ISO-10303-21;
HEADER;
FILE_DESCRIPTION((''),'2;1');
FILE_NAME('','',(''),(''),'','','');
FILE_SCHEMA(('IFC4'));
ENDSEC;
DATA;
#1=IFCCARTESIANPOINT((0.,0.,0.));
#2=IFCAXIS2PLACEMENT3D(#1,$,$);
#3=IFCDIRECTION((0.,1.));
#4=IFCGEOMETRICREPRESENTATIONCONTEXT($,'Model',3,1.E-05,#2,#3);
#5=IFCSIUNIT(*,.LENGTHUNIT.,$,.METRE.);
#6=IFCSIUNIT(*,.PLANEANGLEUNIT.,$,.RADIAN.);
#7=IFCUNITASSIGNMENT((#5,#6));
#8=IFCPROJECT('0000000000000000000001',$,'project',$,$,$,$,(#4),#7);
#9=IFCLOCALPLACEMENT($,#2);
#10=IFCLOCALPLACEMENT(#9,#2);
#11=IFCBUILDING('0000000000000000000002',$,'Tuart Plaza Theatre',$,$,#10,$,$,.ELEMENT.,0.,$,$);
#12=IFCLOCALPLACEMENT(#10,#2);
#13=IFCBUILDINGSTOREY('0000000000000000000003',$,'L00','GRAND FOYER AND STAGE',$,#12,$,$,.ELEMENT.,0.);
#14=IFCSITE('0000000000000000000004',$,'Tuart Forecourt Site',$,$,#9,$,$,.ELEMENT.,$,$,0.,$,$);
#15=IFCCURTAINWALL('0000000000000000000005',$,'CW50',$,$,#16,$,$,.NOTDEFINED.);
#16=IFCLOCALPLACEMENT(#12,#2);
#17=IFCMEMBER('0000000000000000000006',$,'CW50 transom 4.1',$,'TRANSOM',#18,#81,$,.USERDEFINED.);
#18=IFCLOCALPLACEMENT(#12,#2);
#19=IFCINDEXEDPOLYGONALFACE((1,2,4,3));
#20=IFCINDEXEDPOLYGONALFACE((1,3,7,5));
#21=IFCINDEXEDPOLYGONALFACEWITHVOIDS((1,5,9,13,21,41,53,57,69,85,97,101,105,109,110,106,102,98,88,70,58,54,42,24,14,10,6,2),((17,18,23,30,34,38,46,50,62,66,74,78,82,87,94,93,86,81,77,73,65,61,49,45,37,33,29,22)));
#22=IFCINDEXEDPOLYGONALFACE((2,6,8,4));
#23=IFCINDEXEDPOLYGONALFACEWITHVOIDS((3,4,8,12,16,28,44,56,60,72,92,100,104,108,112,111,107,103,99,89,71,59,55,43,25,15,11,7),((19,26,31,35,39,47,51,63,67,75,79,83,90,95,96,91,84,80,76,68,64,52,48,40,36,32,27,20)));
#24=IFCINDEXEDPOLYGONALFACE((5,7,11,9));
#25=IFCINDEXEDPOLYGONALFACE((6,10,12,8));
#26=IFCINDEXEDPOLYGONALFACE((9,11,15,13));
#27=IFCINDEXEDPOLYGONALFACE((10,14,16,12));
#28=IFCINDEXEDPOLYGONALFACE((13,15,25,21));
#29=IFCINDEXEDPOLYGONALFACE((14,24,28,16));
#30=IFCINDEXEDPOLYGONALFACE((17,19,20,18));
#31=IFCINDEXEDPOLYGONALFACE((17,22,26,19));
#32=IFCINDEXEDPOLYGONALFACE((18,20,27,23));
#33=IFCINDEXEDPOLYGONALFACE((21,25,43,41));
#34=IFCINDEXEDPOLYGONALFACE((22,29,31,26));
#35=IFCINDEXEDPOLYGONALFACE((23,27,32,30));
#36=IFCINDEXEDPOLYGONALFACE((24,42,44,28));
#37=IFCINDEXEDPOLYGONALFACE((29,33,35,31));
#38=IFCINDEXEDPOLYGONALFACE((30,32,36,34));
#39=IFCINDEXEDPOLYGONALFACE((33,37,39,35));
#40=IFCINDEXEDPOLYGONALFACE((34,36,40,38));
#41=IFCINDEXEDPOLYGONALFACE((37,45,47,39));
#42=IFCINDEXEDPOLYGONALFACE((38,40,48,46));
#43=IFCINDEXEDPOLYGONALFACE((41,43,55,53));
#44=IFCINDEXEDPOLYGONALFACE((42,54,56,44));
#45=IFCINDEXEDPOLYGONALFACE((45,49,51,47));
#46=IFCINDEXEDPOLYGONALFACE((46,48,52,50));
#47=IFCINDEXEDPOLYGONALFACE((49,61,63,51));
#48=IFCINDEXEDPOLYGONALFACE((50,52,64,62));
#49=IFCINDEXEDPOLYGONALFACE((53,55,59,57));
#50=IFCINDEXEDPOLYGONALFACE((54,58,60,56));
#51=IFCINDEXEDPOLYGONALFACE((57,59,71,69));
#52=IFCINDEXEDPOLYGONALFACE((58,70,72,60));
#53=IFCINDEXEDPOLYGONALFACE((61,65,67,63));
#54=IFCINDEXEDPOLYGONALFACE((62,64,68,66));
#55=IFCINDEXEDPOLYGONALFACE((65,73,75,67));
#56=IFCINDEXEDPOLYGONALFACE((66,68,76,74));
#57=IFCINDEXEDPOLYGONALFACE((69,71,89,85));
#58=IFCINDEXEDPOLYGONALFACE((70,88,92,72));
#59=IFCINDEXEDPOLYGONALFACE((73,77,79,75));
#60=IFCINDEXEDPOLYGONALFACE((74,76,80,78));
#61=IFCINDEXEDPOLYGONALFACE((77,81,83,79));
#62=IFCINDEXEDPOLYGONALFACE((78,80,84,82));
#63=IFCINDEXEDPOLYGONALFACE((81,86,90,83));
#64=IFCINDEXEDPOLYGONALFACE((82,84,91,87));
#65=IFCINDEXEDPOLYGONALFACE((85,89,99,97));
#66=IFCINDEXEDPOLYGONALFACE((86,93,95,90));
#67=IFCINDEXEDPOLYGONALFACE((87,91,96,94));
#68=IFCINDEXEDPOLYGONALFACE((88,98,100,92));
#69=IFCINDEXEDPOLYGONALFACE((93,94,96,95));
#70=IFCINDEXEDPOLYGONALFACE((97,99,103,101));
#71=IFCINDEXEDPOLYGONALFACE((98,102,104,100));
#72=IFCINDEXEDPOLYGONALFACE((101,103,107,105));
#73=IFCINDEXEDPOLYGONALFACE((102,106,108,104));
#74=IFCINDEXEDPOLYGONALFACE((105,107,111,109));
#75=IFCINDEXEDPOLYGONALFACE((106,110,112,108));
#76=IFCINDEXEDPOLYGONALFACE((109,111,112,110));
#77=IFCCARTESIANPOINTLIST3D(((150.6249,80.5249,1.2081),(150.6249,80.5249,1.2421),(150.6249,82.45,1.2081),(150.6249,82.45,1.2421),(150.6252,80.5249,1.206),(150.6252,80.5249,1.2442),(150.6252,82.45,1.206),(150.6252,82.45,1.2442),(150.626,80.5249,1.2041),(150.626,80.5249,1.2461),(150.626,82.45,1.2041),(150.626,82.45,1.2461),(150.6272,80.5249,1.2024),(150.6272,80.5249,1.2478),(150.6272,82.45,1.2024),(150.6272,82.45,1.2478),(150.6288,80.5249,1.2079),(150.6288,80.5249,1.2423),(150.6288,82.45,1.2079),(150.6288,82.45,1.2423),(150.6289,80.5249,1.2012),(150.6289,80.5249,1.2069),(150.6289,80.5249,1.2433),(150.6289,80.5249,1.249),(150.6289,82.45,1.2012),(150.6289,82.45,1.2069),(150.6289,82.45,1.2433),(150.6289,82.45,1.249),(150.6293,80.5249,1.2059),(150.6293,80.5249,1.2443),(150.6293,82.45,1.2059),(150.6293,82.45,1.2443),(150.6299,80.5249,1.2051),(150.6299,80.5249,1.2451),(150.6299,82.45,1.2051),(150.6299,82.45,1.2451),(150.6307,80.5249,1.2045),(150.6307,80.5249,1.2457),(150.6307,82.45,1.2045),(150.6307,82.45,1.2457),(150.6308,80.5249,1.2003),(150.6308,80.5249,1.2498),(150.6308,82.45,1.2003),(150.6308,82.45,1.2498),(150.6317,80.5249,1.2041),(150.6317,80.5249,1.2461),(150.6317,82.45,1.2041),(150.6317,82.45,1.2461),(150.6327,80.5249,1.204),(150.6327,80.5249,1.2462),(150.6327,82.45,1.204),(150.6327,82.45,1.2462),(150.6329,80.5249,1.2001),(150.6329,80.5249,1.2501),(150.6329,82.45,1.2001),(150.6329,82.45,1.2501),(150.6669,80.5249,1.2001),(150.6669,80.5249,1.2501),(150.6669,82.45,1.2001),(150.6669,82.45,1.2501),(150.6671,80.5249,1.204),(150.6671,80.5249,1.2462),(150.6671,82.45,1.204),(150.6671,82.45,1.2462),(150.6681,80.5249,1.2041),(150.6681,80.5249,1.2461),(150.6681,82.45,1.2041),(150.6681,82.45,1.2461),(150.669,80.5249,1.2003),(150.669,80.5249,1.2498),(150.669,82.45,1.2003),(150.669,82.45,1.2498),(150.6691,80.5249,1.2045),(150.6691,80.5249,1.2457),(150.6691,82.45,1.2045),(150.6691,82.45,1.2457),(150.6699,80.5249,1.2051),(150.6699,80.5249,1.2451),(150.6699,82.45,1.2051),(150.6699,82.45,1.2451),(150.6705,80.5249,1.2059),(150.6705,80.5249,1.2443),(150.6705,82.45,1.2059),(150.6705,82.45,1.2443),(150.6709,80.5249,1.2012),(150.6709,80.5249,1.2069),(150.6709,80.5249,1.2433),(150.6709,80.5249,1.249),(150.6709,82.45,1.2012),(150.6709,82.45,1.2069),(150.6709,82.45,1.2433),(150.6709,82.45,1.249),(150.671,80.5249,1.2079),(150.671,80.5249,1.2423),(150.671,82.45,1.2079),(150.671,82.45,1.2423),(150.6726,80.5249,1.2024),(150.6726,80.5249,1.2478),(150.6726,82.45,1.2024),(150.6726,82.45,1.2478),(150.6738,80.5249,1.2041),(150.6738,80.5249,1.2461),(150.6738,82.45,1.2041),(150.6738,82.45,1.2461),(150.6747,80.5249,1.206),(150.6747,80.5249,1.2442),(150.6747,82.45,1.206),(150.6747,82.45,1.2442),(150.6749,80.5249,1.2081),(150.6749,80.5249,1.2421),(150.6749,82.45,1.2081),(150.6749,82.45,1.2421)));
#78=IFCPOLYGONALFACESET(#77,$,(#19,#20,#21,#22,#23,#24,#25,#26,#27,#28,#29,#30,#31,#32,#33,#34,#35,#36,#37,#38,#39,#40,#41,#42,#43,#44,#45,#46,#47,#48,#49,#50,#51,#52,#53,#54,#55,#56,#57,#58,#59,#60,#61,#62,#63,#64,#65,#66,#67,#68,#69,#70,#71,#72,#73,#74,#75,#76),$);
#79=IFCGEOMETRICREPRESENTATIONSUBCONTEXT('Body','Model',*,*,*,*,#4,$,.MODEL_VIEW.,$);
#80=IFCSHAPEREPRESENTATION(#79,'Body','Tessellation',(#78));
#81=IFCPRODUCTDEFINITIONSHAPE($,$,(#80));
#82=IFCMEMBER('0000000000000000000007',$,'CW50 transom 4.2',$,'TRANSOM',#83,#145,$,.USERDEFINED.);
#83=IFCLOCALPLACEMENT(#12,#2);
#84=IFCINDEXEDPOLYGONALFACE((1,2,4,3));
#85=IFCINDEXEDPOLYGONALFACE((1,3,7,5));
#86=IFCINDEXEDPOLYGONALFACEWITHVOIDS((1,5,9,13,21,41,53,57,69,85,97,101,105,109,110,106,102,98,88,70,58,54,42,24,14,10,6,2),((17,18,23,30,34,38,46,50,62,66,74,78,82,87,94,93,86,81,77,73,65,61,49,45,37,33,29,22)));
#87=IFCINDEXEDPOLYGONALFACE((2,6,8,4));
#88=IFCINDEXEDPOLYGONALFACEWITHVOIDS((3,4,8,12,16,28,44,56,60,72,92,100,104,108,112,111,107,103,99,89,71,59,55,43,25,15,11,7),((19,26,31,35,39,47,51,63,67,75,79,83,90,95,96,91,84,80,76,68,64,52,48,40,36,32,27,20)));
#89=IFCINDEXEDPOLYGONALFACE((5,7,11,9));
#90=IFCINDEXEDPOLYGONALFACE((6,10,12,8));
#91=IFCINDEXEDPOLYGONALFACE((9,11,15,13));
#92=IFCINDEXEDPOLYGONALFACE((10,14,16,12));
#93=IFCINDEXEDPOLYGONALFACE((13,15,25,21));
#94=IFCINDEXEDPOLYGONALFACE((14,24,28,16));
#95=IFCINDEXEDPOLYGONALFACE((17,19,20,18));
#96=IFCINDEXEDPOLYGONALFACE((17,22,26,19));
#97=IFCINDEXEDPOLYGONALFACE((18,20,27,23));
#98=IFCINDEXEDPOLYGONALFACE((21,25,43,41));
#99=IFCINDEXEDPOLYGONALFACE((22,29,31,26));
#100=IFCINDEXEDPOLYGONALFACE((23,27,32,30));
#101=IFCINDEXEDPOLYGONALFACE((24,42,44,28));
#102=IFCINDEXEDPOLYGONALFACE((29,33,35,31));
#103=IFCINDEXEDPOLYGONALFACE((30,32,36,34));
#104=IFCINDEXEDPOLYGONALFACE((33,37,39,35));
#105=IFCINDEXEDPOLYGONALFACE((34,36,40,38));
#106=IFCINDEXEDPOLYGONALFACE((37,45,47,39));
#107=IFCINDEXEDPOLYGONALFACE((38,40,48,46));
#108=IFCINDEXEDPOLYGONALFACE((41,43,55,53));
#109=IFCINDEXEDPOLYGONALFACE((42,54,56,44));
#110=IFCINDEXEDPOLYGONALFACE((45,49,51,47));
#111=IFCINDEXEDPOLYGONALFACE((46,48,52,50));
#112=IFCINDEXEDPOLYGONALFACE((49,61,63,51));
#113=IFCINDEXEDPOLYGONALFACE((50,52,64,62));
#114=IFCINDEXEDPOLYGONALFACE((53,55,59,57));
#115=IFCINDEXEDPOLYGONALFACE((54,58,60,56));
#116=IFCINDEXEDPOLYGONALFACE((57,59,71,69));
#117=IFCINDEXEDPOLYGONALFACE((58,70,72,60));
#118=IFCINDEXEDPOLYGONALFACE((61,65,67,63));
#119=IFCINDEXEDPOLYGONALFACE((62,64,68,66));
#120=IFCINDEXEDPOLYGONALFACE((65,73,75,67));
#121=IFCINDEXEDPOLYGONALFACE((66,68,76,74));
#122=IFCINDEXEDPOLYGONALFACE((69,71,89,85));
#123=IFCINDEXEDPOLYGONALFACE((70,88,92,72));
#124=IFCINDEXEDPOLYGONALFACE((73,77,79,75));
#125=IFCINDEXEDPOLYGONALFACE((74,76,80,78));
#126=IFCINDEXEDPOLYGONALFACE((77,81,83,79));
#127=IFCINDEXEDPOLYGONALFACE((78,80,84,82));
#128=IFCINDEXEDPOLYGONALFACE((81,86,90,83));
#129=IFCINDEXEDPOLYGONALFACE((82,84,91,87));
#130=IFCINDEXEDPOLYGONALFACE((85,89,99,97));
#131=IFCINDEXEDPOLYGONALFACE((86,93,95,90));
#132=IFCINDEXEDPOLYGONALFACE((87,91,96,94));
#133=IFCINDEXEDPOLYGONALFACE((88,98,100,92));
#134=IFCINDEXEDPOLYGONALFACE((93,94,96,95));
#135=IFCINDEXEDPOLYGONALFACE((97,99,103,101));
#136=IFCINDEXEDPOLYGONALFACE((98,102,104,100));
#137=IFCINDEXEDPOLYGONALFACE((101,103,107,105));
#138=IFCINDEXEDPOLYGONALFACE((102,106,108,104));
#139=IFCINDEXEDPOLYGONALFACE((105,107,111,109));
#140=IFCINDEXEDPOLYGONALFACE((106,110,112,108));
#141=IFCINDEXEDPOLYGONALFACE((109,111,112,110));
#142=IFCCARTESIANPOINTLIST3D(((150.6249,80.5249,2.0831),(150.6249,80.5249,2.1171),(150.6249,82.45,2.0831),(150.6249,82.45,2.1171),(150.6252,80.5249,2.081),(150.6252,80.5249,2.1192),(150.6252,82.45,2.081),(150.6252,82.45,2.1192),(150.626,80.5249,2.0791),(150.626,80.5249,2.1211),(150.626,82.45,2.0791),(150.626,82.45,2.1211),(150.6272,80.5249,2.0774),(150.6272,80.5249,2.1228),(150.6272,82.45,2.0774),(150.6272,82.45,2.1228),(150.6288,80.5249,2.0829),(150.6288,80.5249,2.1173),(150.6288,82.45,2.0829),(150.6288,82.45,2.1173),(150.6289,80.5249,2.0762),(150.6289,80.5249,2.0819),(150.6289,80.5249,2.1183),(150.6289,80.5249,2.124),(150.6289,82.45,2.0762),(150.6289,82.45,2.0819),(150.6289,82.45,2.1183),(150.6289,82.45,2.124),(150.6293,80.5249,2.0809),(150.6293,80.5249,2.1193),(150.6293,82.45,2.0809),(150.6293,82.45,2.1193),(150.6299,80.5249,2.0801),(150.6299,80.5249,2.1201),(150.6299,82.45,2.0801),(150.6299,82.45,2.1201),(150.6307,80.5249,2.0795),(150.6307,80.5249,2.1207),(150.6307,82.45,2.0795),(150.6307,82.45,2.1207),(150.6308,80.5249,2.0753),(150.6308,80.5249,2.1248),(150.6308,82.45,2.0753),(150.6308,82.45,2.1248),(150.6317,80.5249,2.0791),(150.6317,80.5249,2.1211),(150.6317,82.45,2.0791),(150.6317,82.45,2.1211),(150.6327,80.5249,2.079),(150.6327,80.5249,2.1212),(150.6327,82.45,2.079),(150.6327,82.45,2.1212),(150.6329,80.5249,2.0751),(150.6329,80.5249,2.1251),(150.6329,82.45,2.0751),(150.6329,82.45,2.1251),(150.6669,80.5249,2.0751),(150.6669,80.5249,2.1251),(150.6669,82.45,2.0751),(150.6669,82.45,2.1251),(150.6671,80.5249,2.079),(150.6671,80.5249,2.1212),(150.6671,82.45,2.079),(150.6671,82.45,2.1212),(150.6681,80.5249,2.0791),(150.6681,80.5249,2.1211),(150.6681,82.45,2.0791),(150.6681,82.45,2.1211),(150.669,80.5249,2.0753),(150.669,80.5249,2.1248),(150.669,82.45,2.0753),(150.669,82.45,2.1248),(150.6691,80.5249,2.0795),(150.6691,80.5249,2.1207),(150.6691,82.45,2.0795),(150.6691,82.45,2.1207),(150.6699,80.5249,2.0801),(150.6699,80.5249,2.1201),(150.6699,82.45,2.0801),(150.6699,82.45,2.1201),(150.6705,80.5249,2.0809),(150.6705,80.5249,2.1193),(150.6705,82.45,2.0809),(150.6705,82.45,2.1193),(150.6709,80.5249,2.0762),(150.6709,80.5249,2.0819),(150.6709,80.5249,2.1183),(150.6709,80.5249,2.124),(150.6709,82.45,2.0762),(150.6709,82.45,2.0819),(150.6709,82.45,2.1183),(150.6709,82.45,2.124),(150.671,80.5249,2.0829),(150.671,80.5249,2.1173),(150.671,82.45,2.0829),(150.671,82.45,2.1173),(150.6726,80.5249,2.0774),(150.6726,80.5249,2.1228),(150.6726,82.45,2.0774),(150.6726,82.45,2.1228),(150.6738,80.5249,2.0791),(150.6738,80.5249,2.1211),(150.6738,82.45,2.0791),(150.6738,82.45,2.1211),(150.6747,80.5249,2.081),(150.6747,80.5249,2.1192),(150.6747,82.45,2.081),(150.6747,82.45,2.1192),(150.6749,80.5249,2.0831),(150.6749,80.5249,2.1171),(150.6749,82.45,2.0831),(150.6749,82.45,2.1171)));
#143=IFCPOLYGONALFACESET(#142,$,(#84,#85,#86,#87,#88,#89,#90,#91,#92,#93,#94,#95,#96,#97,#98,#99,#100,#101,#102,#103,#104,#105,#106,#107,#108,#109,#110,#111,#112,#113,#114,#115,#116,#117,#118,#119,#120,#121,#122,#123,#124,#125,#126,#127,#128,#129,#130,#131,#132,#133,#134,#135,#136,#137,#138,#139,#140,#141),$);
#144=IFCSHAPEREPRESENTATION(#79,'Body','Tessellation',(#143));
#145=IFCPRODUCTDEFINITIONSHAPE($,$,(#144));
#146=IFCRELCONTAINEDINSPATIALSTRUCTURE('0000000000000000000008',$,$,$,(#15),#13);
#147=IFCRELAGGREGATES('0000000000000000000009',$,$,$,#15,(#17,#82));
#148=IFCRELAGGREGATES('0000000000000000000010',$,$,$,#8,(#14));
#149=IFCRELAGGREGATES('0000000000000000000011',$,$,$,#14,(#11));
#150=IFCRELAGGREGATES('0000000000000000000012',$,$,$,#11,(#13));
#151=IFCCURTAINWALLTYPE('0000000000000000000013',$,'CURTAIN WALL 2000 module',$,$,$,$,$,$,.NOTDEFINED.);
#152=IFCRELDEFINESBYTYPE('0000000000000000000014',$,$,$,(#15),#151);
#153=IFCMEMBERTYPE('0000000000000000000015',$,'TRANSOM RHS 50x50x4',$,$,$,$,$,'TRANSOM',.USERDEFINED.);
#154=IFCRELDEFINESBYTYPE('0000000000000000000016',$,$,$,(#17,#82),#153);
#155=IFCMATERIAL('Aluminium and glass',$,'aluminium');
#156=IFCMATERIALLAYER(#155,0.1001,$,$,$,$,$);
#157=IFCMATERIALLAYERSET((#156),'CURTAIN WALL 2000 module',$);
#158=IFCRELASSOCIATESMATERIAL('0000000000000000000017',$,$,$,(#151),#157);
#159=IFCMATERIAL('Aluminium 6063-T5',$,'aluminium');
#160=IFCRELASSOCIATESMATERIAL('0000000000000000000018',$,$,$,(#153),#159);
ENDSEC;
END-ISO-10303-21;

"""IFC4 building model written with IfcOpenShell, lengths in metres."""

from ifc_helpers import new_model, si_unit, direction, frame, origin, origin_2d, place, context, subcontext, project, spatial, hollow_rectangle, extrude, material, layer, layer_set, material_profile, profile_set, type_object, element, aggregate, save


model = new_model("IFC4")

# Units and contexts
model_context = context("Model", 3, precision=1e-05, world=origin(), true_north=direction((0.0, 1.0)))
body_context = subcontext(model_context, "Body", "Model", "MODEL_VIEW")
ifc_project = project(units=[si_unit("LENGTHUNIT", "METRE"), si_unit("PLANEANGLEUNIT", "RADIAN")], contexts=[model_context])

# Site, building, storey
site_placement = place(None, origin())
site = spatial("IfcSite", under=ifc_project, at=site_placement, Name="Tuart Forecourt Site", CompositionType="ELEMENT", RefElevation=0.0)
building_placement = place(site_placement, origin())
building = spatial("IfcBuilding", under=site, at=building_placement, Name="Tuart Plaza Theatre", CompositionType="ELEMENT", ElevationOfRefHeight=0.0)
storey_placement = place(building_placement, origin())
storey = spatial("IfcBuildingStorey", under=building, at=storey_placement, Name="L00", Description="GRAND FOYER AND STAGE", CompositionType="ELEMENT", Elevation=0.0)

# Curtain wall, members
ifc_material_1 = material(Name="Aluminium and glass", Category="aluminium")
ifc_layer_1 = layer(ifc_material_1, 0.1001)
ifc_layer_set_1 = layer_set([ifc_layer_1], Name="CURTAIN WALL 2000 module")
curtain_wall_type = type_object("IfcCurtainWallType", Name="CURTAIN WALL 2000 module", PredefinedType="NOTDEFINED", material=ifc_layer_set_1)
curtain_wall_placement = place(storey_placement, origin())
curtain_wall = element("IfcCurtainWall", 1, at=curtain_wall_placement, inside=storey, type_object=curtain_wall_type, Name="CW50", PredefinedType="NOTDEFINED")
ifc_material_2 = material(Name="Aluminium 6063-T5", Category="aluminium")
ifc_material_profile_1 = material_profile(ifc_material_2, hollow_rectangle(XDim=0.05, YDim=0.05, WallThickness=0.0039, InnerFilletRadius=0.0039, OuterFilletRadius=0.0081, at=origin_2d()), Name="RHS 50x50x4")
ifc_profile_set_1 = profile_set([ifc_material_profile_1], Name="Aluminium 6063-T5")
member_type_1 = type_object("IfcMemberType", Name="TRANSOM RHS 50x50x4", ElementType="TRANSOM", PredefinedType="USERDEFINED", material=ifc_profile_set_1)
member_1_placement = place(storey_placement, frame((150.6499, 80.5249, 1.2251), z_axis=(0.0, 1.0, 0.0), x_axis=(-1.0, 0.0, 0.0)))
member_1 = element("IfcMember", 2, at=member_1_placement, type_object=member_type_1, Name="CW50 transom 4.1", ObjectType="TRANSOM", PredefinedType="USERDEFINED", context=body_context, shape_type="SweptSolid", body=[
    extrude(hollow_rectangle(XDim=0.05, YDim=0.05, WallThickness=0.0039, InnerFilletRadius=0.0039, OuterFilletRadius=0.0081, at=origin_2d()), origin(), (0.0, 0.0, 1.0), 1.925),
])
member_2_placement = place(storey_placement, frame((150.6499, 80.5249, 2.1001), z_axis=(0.0, 1.0, 0.0), x_axis=(-1.0, 0.0, 0.0)))
member_2 = element("IfcMember", 3, at=member_2_placement, type_object=member_type_1, Name="CW50 transom 4.2", ObjectType="TRANSOM", PredefinedType="USERDEFINED", context=body_context, shape_type="SweptSolid", body=[
    extrude(hollow_rectangle(XDim=0.05, YDim=0.05, WallThickness=0.0039, InnerFilletRadius=0.0039, OuterFilletRadius=0.0081, at=origin_2d()), origin(), (0.0, 0.0, 1.0), 1.925),
])
aggregate(curtain_wall, [member_1, member_2])

save(model, "model.ifc")
